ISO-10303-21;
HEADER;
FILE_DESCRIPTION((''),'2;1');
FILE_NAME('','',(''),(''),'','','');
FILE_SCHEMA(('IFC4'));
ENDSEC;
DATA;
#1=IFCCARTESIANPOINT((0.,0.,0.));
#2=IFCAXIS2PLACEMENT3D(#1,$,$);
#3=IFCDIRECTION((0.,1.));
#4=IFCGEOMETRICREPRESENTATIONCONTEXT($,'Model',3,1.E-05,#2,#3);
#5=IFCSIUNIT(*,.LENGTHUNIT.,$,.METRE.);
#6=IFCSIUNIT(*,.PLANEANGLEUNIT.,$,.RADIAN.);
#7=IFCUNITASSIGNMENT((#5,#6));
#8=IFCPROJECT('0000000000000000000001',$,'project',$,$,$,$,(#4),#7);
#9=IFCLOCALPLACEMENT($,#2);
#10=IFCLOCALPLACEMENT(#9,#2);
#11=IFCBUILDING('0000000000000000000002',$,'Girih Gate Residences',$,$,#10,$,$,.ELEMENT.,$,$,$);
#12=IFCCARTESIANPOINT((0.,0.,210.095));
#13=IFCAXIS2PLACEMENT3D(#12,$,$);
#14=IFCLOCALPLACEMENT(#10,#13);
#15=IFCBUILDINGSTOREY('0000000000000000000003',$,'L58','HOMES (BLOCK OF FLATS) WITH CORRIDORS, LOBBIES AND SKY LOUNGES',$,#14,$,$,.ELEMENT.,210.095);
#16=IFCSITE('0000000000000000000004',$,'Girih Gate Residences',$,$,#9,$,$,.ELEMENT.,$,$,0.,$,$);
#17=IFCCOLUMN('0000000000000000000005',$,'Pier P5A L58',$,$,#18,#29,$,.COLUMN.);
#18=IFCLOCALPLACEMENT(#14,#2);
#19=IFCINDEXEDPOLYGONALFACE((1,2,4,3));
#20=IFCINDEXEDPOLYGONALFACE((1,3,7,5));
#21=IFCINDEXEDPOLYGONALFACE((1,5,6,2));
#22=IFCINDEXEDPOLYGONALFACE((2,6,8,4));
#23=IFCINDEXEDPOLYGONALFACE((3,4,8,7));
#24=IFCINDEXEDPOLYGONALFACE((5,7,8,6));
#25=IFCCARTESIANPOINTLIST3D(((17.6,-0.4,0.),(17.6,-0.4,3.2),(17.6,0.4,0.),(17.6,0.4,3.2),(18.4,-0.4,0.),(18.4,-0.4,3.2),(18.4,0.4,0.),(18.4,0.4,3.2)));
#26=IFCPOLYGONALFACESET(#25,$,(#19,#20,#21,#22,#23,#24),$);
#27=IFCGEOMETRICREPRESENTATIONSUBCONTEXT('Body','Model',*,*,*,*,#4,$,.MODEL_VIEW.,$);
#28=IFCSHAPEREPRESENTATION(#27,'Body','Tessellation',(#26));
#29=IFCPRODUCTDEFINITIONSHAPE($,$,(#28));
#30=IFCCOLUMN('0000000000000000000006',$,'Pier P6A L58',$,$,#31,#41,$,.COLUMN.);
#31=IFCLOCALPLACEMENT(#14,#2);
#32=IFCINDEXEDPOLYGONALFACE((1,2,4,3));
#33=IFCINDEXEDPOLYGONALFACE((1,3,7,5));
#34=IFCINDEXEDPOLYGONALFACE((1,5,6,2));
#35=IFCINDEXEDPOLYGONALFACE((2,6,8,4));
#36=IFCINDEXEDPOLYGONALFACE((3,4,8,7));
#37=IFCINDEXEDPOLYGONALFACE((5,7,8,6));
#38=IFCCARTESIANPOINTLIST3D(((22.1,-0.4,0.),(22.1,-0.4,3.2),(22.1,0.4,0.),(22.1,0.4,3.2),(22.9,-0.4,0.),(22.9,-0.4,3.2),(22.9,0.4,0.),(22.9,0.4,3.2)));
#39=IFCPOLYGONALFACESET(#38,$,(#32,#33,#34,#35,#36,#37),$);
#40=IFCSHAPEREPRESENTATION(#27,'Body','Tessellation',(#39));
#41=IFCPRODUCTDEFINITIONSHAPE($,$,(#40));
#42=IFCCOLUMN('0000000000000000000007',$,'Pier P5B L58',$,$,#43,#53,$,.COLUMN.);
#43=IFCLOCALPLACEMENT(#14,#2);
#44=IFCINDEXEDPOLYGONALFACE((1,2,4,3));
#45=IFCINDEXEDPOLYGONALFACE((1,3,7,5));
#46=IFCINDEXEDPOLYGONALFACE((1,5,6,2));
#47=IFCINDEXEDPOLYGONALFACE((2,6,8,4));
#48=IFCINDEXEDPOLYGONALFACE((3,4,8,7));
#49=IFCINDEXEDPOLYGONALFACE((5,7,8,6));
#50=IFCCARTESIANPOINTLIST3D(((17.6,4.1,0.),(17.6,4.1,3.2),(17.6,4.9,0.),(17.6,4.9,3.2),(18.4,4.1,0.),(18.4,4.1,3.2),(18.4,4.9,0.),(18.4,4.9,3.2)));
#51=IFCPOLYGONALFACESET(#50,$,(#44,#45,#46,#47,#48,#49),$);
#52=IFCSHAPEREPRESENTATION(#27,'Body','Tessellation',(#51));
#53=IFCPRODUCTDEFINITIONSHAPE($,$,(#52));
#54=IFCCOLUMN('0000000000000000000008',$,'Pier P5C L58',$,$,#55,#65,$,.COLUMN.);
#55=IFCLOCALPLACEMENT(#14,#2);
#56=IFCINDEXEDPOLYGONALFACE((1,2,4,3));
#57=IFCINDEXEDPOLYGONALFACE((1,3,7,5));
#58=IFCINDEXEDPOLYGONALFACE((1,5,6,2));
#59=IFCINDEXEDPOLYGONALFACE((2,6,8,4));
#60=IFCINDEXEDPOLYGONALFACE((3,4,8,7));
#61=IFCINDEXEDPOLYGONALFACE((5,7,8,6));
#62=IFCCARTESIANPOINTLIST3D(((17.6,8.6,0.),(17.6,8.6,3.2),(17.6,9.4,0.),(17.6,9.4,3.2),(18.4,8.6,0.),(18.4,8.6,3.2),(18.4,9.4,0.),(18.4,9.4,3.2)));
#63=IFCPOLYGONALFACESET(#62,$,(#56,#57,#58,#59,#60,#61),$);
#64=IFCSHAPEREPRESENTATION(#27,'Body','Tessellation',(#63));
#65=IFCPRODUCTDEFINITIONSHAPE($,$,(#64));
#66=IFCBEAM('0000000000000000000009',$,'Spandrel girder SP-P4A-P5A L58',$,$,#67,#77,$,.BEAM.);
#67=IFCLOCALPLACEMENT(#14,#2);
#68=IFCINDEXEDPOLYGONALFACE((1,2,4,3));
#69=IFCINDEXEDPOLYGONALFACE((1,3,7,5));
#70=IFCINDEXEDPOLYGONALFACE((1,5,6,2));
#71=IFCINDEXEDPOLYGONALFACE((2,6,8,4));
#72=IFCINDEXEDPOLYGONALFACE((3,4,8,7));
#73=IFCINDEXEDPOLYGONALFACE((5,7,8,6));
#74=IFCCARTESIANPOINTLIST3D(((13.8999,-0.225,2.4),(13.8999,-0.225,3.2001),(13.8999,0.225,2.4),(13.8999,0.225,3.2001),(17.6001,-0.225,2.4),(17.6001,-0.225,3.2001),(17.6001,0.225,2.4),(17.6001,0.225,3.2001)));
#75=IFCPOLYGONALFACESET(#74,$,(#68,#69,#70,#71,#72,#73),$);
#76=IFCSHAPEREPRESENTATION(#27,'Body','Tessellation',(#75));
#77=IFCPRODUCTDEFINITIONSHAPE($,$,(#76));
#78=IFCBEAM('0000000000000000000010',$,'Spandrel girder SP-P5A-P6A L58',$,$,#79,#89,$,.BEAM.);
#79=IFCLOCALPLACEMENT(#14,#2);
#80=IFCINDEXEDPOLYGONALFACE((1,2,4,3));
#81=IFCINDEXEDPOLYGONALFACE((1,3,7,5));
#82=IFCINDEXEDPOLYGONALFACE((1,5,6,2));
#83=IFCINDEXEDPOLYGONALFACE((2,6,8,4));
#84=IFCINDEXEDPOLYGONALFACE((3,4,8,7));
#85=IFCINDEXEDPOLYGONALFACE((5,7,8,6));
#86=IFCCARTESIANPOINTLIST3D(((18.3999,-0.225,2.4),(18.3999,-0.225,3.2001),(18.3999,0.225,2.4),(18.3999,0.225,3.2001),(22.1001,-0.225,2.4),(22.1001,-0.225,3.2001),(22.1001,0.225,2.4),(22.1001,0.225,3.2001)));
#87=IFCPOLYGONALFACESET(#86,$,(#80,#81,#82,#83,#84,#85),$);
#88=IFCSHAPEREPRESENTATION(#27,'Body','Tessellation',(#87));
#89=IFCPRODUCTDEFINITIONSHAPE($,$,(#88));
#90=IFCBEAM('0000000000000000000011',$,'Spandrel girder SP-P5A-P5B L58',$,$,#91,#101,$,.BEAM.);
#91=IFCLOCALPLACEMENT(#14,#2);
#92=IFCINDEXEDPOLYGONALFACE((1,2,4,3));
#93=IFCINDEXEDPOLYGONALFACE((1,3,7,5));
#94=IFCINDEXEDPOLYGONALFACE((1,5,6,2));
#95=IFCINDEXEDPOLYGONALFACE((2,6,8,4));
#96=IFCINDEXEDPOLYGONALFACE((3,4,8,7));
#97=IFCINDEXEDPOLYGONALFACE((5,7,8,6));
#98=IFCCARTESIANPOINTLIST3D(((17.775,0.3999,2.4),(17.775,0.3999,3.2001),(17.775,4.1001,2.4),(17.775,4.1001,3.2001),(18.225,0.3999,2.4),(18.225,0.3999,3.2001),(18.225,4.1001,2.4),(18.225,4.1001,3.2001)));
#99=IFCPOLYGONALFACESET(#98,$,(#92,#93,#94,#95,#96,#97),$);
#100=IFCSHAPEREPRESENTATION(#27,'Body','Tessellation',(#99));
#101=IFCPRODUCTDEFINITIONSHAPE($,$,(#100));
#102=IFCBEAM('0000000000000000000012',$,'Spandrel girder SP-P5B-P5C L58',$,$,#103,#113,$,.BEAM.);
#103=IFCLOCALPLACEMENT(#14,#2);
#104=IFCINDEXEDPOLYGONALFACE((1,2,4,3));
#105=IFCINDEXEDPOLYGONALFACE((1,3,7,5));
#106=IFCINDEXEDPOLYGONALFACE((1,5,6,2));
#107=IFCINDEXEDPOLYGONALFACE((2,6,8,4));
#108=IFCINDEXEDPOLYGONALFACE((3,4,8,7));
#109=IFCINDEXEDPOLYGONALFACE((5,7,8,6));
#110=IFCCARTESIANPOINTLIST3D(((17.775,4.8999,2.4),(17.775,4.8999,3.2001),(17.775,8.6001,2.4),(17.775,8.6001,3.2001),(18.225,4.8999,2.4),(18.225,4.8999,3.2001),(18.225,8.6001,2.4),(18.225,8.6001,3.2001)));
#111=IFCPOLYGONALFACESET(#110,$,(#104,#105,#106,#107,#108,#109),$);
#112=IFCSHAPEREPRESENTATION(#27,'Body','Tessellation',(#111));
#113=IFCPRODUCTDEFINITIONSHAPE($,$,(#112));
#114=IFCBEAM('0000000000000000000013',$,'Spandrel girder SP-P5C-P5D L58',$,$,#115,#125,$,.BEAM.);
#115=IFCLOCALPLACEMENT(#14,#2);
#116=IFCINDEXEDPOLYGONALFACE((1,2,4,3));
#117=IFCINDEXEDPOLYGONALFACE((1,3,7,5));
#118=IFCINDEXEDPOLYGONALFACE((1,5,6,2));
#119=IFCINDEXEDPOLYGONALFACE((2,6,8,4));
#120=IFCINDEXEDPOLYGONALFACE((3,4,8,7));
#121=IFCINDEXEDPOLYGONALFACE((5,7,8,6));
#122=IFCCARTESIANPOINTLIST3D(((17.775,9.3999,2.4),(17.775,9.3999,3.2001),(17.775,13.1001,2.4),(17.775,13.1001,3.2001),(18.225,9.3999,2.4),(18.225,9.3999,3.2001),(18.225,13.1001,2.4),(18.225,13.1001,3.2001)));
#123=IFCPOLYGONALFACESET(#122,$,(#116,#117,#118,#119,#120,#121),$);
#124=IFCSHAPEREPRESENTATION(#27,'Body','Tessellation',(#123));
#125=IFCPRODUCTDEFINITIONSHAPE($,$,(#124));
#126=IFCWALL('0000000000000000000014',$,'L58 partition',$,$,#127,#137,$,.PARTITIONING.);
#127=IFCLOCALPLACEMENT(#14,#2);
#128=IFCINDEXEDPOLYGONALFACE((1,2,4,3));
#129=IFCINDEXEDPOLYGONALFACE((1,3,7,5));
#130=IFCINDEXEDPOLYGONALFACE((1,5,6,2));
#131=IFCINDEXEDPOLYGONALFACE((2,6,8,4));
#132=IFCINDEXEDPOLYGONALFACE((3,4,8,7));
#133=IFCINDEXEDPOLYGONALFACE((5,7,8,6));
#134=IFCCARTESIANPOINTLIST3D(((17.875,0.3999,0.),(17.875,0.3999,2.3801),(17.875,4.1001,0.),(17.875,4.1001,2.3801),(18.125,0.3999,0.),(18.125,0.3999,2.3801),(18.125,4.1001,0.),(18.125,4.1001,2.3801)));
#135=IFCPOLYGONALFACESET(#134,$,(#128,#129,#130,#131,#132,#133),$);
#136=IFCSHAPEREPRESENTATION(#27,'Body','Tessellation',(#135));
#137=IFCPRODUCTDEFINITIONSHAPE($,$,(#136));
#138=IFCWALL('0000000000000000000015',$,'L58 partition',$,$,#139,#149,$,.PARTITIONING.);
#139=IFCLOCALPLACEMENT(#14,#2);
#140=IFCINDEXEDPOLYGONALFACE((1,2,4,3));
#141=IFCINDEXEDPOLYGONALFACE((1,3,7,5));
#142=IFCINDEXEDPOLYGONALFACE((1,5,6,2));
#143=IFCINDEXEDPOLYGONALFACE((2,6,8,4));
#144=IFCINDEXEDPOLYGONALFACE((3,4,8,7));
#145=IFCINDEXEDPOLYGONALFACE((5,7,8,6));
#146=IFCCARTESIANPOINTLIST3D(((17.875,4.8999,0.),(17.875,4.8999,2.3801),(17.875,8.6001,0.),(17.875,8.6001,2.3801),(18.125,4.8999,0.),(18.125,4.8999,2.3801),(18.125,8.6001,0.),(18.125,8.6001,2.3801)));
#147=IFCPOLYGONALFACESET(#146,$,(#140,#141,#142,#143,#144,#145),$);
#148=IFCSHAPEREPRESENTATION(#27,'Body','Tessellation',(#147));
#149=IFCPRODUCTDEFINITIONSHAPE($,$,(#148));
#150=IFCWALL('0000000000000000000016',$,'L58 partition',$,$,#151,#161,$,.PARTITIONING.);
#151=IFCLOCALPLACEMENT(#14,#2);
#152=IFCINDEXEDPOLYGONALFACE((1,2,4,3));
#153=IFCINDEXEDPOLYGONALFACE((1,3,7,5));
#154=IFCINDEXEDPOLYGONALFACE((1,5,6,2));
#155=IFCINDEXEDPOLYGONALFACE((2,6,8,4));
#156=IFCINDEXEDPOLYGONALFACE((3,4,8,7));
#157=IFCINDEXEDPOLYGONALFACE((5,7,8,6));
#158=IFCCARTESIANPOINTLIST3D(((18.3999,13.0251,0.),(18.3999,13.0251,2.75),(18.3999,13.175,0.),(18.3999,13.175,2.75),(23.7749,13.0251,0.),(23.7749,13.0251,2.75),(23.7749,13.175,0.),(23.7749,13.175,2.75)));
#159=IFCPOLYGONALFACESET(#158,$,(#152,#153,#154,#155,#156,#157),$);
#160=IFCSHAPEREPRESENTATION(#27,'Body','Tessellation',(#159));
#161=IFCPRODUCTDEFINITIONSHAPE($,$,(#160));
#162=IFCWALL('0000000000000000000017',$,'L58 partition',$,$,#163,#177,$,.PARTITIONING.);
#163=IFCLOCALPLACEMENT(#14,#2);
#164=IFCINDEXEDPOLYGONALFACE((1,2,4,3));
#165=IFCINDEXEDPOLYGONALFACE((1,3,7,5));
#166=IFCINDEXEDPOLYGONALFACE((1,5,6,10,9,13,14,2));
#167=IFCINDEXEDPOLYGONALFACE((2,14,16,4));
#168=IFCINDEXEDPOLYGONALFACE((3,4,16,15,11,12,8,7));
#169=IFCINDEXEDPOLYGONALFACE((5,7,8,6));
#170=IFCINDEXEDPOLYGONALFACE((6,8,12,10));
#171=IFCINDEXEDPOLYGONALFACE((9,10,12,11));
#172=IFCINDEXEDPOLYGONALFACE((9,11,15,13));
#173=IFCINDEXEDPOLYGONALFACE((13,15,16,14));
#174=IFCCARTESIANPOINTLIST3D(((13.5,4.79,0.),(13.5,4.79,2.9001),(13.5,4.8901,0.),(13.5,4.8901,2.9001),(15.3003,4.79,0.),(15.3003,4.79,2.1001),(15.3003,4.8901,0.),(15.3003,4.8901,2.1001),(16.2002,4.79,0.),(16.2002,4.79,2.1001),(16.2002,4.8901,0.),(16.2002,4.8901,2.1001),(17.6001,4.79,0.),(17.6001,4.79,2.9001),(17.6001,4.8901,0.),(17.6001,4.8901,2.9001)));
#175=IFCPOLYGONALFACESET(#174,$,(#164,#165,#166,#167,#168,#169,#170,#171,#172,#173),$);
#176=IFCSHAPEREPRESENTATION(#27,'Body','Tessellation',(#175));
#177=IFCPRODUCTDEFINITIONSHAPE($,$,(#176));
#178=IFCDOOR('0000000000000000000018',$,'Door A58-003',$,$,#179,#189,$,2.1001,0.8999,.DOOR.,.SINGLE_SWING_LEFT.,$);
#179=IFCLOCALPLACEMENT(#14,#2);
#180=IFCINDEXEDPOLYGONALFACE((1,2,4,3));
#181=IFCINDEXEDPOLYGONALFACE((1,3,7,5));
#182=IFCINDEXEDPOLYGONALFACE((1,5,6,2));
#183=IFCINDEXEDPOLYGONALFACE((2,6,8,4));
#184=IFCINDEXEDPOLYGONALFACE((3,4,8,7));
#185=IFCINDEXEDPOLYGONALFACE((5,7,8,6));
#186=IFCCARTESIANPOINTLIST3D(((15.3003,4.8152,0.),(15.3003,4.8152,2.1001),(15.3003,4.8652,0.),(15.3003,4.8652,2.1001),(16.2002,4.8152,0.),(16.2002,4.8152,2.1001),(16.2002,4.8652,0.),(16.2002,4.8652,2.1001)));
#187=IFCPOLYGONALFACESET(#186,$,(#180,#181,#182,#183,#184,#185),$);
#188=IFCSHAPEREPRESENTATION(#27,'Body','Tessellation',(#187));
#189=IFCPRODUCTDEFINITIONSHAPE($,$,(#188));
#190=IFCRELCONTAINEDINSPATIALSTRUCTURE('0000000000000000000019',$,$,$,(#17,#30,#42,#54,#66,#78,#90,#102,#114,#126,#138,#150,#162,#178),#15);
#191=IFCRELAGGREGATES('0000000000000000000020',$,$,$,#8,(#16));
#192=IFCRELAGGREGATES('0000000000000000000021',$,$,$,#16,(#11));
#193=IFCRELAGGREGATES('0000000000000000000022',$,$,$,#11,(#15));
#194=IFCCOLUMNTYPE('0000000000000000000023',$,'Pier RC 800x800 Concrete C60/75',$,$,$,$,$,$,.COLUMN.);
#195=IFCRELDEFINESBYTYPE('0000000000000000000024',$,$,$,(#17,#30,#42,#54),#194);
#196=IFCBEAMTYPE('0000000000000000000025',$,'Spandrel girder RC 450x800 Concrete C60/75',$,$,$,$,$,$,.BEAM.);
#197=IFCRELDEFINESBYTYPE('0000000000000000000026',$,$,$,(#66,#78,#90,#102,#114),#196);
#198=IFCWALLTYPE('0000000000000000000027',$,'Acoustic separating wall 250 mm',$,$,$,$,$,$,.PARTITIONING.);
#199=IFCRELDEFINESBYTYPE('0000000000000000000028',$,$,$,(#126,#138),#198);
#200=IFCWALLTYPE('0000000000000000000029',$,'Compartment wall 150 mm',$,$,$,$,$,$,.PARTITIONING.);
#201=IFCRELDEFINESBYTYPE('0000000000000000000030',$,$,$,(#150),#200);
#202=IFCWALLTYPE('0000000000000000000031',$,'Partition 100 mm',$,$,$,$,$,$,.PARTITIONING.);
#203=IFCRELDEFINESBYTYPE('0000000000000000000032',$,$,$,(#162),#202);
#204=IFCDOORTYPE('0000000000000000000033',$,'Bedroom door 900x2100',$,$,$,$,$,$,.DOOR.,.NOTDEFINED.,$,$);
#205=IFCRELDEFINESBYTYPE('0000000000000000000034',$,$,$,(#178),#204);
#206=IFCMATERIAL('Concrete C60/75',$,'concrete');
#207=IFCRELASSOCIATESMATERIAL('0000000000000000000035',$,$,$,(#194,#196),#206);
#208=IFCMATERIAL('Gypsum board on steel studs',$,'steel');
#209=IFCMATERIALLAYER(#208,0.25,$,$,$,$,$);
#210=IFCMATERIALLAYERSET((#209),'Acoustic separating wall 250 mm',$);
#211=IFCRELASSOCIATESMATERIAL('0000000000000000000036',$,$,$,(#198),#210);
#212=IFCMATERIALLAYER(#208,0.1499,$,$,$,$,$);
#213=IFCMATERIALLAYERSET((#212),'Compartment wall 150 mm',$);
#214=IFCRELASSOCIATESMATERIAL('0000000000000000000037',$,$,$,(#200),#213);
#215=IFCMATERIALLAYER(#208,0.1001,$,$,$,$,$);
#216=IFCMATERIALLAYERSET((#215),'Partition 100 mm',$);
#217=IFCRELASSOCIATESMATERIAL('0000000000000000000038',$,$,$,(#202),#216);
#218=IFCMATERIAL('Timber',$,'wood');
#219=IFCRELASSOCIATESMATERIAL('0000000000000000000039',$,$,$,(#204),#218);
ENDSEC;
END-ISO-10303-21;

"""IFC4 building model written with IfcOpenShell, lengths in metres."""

from ifc_helpers import new_model, si_unit, direction, frame, frame_2d, origin, origin_2d, place, context, subcontext, project, spatial, rectangle, extrude, material, layer, layer_set, material_profile, profile_set, type_object, element, fill, save


model = new_model("IFC4")

# Units and contexts
model_context = context("Model", 3, precision=1e-05, world=origin(), true_north=direction((0.0, 1.0)))
body_context = subcontext(model_context, "Body", "Model", "MODEL_VIEW")
ifc_project = project(units=[si_unit("LENGTHUNIT", "METRE"), si_unit("PLANEANGLEUNIT", "RADIAN")], contexts=[model_context])

# Site, building, storey
site_placement = place(None, origin())
site = spatial("IfcSite", under=ifc_project, at=site_placement, Name="Girih Gate Residences", CompositionType="ELEMENT", RefElevation=0.0)
building_placement = place(site_placement, origin())
building = spatial("IfcBuilding", under=site, at=building_placement, Name="Girih Gate Residences", CompositionType="ELEMENT")
storey_placement = place(building_placement, frame((0.0, 0.0, 210.095)))
storey = spatial("IfcBuildingStorey", under=building, at=storey_placement, Name="L58", Description="HOMES (BLOCK OF FLATS) WITH CORRIDORS, LOBBIES AND SKY LOUNGES", CompositionType="ELEMENT", Elevation=210.095)

# Columns
ifc_material_1 = material(Name="Concrete C60/75", Category="concrete")
ifc_material_profile_1 = material_profile(ifc_material_1, rectangle(XDim=0.8, YDim=0.8, at=origin_2d()))
ifc_profile_set_1 = profile_set([ifc_material_profile_1], Name="Concrete C60/75")
column_type = type_object("IfcColumnType", Name="Pier RC 800x800 Concrete C60/75", PredefinedType="COLUMN", material=ifc_profile_set_1)
for number, where, z_axis, x_axis, name in (
    (1, (18.0, 0.0, 0.0), (0.0, 0.0, 1.0), (1.0, 0.0, 0.0), "Pier P5A L58"),
    (2, (22.5, 0.0, 0.0), (0.0, 0.0, 1.0), (1.0, 0.0, 0.0), "Pier P6A L58"),
    (3, (18.0, 4.5, 0.0), (0.0, 0.0, 1.0), (1.0, 0.0, 0.0), "Pier P5B L58"),
    (4, (18.0, 9.0, 0.0), (0.0, 0.0, 1.0), (1.0, 0.0, 0.0), "Pier P5C L58"),
):
    element("IfcColumn", number, at=place(storey_placement, frame(where, z_axis=z_axis, x_axis=x_axis)), inside=storey, type_object=column_type, Name=name, PredefinedType="COLUMN", context=body_context, shape_type="SweptSolid", body=[
        extrude(rectangle(XDim=0.8, YDim=0.8, at=origin_2d()), origin(), (0.0, 0.0, 1.0), 3.2),
    ])

# Beams
ifc_material_profile_2 = material_profile(ifc_material_1, rectangle(XDim=0.45, YDim=0.8, at=origin_2d()))
ifc_profile_set_2 = profile_set([ifc_material_profile_2], Name="Concrete C60/75")
beam_type = type_object("IfcBeamType", Name="Spandrel girder RC 450x800 Concrete C60/75", PredefinedType="BEAM", material=ifc_profile_set_2)
for number, where, z_axis, x_axis, name in (
    (5, (13.8999, 0.0, 2.8), (1.0, 0.0, 0.0), (0.0, 1.0, 0.0), "Spandrel girder SP-P4A-P5A L58"),
    (6, (18.3999, 0.0, 2.8), (1.0, 0.0, 0.0), (0.0, 1.0, 0.0), "Spandrel girder SP-P5A-P6A L58"),
    (7, (18.0, 0.3999, 2.8), (0.0, 1.0, 0.0), (-1.0, 0.0, 0.0), "Spandrel girder SP-P5A-P5B L58"),
    (8, (18.0, 4.8999, 2.8), (0.0, 1.0, 0.0), (-1.0, 0.0, 0.0), "Spandrel girder SP-P5B-P5C L58"),
    (9, (18.0, 9.3999, 2.8), (0.0, 1.0, 0.0), (-1.0, 0.0, 0.0), "Spandrel girder SP-P5C-P5D L58"),
):
    element("IfcBeam", number, at=place(storey_placement, frame(where, z_axis=z_axis, x_axis=x_axis)), inside=storey, type_object=beam_type, Name=name, PredefinedType="BEAM", context=body_context, shape_type="SweptSolid", body=[
        extrude(rectangle(XDim=0.45, YDim=0.8, at=origin_2d()), origin(), (0.0, 0.0, 1.0), 3.7002),
    ])

# Walls
ifc_material_2 = material(Name="Gypsum board on steel studs", Category="steel")
ifc_layer_1 = layer(ifc_material_2, 0.25)
ifc_layer_set_1 = layer_set([ifc_layer_1], Name="Acoustic separating wall 250 mm")
wall_type_1 = type_object("IfcWallType", Name="Acoustic separating wall 250 mm", PredefinedType="PARTITIONING", material=ifc_layer_set_1)
for number, where, z_axis, x_axis, name in (
    (10, (18.0, 0.3999, 0.0), (0.0, 0.0, 1.0), (0.0, 1.0, 0.0), "L58 partition"),
    (11, (18.0, 4.8999, 0.0), (0.0, 0.0, 1.0), (0.0, 1.0, 0.0), "L58 partition"),
):
    element("IfcWall", number, at=place(storey_placement, frame(where, z_axis=z_axis, x_axis=x_axis)), inside=storey, type_object=wall_type_1, Name=name, PredefinedType="PARTITIONING", context=body_context, shape_type="SweptSolid", body=[
        extrude(rectangle(XDim=3.7002, YDim=0.25, at=frame_2d((1.8501, 0.0))), origin(), (0.0, 0.0, 1.0), 2.3801),
    ])

# Shared definitions
ifc_layer_2 = layer(ifc_material_2, 0.1499)
ifc_layer_set_2 = layer_set([ifc_layer_2], Name="Compartment wall 150 mm")
wall_type_2 = type_object("IfcWallType", Name="Compartment wall 150 mm", PredefinedType="PARTITIONING", material=ifc_layer_set_2)

# Wall
wall_1_placement = place(storey_placement, frame((18.3999, 13.1001, 0.0), z_axis=(0.0, 0.0, 1.0), x_axis=(1.0, 0.0, 0.0)))
element("IfcWall", 12, at=wall_1_placement, inside=storey, type_object=wall_type_2, Name="L58 partition", PredefinedType="PARTITIONING", context=body_context, shape_type="SweptSolid", body=[
    extrude(rectangle(XDim=5.375, YDim=0.1499, at=frame_2d((2.6875, 0.0))), origin(), (0.0, 0.0, 1.0), 2.75),
])

# Wall, opening, door
ifc_layer_3 = layer(ifc_material_2, 0.1001)
ifc_layer_set_3 = layer_set([ifc_layer_3], Name="Partition 100 mm")
wall_type_3 = type_object("IfcWallType", Name="Partition 100 mm", PredefinedType="PARTITIONING", material=ifc_layer_set_3)
wall_2_placement = place(storey_placement, frame((17.6001, 4.8401, 0.0), z_axis=(0.0, 0.0, 1.0), x_axis=(-1.0, 0.0, 0.0)))
wall_2 = element("IfcWall", 13, at=wall_2_placement, inside=storey, type_object=wall_type_3, Name="L58 partition", PredefinedType="PARTITIONING", context=body_context, shape_type="SweptSolid", body=[
    extrude(rectangle(XDim=4.1001, YDim=0.1001, at=frame_2d((2.05, 0.0))), origin(), (0.0, 0.0, 1.0), 2.9001),
])
opening_1_placement = place(wall_2_placement, frame((1.3999, 0.0, 0.0)))
opening_1 = element("IfcOpeningElement", 14, at=opening_1_placement, cuts=wall_2, PredefinedType="OPENING", context=body_context, shape_type="SweptSolid", body=[
    extrude(rectangle(XDim=0.8999, YDim=2.1001, at=frame_2d((0.45, 1.05))), frame((0.0, 0.0601, 0.0), z_axis=(0.0, -1.0, 0.0), x_axis=(1.0, 0.0, 0.0)), (0.0, 0.0, 1.0), 0.1201),
])
ifc_material_3 = material(Name="Timber", Category="wood")
door_type_1 = type_object("IfcDoorType", Name="Bedroom door 900x2100", OperationType="NOTDEFINED", PredefinedType="DOOR", material=ifc_material_3)
door_1_placement = place(opening_1_placement, origin())
door_1 = element("IfcDoor", 15, at=door_1_placement, inside=storey, type_object=door_type_1, Name="Door A58-003", OperationType="SINGLE_SWING_LEFT", OverallHeight=2.1001, OverallWidth=0.8999, PredefinedType="DOOR", context=body_context, shape_type="SweptSolid", body=[
    extrude(rectangle(XDim=0.8999, YDim=2.1001, at=frame_2d((0.45, 1.05))), frame((0.0, 0.0249, 0.0), z_axis=(0.0, -1.0, 0.0), x_axis=(1.0, 0.0, 0.0)), (0.0, 0.0, 1.0), 0.05),
])
fill(opening_1, door_1)

save(model, "model.ifc")
